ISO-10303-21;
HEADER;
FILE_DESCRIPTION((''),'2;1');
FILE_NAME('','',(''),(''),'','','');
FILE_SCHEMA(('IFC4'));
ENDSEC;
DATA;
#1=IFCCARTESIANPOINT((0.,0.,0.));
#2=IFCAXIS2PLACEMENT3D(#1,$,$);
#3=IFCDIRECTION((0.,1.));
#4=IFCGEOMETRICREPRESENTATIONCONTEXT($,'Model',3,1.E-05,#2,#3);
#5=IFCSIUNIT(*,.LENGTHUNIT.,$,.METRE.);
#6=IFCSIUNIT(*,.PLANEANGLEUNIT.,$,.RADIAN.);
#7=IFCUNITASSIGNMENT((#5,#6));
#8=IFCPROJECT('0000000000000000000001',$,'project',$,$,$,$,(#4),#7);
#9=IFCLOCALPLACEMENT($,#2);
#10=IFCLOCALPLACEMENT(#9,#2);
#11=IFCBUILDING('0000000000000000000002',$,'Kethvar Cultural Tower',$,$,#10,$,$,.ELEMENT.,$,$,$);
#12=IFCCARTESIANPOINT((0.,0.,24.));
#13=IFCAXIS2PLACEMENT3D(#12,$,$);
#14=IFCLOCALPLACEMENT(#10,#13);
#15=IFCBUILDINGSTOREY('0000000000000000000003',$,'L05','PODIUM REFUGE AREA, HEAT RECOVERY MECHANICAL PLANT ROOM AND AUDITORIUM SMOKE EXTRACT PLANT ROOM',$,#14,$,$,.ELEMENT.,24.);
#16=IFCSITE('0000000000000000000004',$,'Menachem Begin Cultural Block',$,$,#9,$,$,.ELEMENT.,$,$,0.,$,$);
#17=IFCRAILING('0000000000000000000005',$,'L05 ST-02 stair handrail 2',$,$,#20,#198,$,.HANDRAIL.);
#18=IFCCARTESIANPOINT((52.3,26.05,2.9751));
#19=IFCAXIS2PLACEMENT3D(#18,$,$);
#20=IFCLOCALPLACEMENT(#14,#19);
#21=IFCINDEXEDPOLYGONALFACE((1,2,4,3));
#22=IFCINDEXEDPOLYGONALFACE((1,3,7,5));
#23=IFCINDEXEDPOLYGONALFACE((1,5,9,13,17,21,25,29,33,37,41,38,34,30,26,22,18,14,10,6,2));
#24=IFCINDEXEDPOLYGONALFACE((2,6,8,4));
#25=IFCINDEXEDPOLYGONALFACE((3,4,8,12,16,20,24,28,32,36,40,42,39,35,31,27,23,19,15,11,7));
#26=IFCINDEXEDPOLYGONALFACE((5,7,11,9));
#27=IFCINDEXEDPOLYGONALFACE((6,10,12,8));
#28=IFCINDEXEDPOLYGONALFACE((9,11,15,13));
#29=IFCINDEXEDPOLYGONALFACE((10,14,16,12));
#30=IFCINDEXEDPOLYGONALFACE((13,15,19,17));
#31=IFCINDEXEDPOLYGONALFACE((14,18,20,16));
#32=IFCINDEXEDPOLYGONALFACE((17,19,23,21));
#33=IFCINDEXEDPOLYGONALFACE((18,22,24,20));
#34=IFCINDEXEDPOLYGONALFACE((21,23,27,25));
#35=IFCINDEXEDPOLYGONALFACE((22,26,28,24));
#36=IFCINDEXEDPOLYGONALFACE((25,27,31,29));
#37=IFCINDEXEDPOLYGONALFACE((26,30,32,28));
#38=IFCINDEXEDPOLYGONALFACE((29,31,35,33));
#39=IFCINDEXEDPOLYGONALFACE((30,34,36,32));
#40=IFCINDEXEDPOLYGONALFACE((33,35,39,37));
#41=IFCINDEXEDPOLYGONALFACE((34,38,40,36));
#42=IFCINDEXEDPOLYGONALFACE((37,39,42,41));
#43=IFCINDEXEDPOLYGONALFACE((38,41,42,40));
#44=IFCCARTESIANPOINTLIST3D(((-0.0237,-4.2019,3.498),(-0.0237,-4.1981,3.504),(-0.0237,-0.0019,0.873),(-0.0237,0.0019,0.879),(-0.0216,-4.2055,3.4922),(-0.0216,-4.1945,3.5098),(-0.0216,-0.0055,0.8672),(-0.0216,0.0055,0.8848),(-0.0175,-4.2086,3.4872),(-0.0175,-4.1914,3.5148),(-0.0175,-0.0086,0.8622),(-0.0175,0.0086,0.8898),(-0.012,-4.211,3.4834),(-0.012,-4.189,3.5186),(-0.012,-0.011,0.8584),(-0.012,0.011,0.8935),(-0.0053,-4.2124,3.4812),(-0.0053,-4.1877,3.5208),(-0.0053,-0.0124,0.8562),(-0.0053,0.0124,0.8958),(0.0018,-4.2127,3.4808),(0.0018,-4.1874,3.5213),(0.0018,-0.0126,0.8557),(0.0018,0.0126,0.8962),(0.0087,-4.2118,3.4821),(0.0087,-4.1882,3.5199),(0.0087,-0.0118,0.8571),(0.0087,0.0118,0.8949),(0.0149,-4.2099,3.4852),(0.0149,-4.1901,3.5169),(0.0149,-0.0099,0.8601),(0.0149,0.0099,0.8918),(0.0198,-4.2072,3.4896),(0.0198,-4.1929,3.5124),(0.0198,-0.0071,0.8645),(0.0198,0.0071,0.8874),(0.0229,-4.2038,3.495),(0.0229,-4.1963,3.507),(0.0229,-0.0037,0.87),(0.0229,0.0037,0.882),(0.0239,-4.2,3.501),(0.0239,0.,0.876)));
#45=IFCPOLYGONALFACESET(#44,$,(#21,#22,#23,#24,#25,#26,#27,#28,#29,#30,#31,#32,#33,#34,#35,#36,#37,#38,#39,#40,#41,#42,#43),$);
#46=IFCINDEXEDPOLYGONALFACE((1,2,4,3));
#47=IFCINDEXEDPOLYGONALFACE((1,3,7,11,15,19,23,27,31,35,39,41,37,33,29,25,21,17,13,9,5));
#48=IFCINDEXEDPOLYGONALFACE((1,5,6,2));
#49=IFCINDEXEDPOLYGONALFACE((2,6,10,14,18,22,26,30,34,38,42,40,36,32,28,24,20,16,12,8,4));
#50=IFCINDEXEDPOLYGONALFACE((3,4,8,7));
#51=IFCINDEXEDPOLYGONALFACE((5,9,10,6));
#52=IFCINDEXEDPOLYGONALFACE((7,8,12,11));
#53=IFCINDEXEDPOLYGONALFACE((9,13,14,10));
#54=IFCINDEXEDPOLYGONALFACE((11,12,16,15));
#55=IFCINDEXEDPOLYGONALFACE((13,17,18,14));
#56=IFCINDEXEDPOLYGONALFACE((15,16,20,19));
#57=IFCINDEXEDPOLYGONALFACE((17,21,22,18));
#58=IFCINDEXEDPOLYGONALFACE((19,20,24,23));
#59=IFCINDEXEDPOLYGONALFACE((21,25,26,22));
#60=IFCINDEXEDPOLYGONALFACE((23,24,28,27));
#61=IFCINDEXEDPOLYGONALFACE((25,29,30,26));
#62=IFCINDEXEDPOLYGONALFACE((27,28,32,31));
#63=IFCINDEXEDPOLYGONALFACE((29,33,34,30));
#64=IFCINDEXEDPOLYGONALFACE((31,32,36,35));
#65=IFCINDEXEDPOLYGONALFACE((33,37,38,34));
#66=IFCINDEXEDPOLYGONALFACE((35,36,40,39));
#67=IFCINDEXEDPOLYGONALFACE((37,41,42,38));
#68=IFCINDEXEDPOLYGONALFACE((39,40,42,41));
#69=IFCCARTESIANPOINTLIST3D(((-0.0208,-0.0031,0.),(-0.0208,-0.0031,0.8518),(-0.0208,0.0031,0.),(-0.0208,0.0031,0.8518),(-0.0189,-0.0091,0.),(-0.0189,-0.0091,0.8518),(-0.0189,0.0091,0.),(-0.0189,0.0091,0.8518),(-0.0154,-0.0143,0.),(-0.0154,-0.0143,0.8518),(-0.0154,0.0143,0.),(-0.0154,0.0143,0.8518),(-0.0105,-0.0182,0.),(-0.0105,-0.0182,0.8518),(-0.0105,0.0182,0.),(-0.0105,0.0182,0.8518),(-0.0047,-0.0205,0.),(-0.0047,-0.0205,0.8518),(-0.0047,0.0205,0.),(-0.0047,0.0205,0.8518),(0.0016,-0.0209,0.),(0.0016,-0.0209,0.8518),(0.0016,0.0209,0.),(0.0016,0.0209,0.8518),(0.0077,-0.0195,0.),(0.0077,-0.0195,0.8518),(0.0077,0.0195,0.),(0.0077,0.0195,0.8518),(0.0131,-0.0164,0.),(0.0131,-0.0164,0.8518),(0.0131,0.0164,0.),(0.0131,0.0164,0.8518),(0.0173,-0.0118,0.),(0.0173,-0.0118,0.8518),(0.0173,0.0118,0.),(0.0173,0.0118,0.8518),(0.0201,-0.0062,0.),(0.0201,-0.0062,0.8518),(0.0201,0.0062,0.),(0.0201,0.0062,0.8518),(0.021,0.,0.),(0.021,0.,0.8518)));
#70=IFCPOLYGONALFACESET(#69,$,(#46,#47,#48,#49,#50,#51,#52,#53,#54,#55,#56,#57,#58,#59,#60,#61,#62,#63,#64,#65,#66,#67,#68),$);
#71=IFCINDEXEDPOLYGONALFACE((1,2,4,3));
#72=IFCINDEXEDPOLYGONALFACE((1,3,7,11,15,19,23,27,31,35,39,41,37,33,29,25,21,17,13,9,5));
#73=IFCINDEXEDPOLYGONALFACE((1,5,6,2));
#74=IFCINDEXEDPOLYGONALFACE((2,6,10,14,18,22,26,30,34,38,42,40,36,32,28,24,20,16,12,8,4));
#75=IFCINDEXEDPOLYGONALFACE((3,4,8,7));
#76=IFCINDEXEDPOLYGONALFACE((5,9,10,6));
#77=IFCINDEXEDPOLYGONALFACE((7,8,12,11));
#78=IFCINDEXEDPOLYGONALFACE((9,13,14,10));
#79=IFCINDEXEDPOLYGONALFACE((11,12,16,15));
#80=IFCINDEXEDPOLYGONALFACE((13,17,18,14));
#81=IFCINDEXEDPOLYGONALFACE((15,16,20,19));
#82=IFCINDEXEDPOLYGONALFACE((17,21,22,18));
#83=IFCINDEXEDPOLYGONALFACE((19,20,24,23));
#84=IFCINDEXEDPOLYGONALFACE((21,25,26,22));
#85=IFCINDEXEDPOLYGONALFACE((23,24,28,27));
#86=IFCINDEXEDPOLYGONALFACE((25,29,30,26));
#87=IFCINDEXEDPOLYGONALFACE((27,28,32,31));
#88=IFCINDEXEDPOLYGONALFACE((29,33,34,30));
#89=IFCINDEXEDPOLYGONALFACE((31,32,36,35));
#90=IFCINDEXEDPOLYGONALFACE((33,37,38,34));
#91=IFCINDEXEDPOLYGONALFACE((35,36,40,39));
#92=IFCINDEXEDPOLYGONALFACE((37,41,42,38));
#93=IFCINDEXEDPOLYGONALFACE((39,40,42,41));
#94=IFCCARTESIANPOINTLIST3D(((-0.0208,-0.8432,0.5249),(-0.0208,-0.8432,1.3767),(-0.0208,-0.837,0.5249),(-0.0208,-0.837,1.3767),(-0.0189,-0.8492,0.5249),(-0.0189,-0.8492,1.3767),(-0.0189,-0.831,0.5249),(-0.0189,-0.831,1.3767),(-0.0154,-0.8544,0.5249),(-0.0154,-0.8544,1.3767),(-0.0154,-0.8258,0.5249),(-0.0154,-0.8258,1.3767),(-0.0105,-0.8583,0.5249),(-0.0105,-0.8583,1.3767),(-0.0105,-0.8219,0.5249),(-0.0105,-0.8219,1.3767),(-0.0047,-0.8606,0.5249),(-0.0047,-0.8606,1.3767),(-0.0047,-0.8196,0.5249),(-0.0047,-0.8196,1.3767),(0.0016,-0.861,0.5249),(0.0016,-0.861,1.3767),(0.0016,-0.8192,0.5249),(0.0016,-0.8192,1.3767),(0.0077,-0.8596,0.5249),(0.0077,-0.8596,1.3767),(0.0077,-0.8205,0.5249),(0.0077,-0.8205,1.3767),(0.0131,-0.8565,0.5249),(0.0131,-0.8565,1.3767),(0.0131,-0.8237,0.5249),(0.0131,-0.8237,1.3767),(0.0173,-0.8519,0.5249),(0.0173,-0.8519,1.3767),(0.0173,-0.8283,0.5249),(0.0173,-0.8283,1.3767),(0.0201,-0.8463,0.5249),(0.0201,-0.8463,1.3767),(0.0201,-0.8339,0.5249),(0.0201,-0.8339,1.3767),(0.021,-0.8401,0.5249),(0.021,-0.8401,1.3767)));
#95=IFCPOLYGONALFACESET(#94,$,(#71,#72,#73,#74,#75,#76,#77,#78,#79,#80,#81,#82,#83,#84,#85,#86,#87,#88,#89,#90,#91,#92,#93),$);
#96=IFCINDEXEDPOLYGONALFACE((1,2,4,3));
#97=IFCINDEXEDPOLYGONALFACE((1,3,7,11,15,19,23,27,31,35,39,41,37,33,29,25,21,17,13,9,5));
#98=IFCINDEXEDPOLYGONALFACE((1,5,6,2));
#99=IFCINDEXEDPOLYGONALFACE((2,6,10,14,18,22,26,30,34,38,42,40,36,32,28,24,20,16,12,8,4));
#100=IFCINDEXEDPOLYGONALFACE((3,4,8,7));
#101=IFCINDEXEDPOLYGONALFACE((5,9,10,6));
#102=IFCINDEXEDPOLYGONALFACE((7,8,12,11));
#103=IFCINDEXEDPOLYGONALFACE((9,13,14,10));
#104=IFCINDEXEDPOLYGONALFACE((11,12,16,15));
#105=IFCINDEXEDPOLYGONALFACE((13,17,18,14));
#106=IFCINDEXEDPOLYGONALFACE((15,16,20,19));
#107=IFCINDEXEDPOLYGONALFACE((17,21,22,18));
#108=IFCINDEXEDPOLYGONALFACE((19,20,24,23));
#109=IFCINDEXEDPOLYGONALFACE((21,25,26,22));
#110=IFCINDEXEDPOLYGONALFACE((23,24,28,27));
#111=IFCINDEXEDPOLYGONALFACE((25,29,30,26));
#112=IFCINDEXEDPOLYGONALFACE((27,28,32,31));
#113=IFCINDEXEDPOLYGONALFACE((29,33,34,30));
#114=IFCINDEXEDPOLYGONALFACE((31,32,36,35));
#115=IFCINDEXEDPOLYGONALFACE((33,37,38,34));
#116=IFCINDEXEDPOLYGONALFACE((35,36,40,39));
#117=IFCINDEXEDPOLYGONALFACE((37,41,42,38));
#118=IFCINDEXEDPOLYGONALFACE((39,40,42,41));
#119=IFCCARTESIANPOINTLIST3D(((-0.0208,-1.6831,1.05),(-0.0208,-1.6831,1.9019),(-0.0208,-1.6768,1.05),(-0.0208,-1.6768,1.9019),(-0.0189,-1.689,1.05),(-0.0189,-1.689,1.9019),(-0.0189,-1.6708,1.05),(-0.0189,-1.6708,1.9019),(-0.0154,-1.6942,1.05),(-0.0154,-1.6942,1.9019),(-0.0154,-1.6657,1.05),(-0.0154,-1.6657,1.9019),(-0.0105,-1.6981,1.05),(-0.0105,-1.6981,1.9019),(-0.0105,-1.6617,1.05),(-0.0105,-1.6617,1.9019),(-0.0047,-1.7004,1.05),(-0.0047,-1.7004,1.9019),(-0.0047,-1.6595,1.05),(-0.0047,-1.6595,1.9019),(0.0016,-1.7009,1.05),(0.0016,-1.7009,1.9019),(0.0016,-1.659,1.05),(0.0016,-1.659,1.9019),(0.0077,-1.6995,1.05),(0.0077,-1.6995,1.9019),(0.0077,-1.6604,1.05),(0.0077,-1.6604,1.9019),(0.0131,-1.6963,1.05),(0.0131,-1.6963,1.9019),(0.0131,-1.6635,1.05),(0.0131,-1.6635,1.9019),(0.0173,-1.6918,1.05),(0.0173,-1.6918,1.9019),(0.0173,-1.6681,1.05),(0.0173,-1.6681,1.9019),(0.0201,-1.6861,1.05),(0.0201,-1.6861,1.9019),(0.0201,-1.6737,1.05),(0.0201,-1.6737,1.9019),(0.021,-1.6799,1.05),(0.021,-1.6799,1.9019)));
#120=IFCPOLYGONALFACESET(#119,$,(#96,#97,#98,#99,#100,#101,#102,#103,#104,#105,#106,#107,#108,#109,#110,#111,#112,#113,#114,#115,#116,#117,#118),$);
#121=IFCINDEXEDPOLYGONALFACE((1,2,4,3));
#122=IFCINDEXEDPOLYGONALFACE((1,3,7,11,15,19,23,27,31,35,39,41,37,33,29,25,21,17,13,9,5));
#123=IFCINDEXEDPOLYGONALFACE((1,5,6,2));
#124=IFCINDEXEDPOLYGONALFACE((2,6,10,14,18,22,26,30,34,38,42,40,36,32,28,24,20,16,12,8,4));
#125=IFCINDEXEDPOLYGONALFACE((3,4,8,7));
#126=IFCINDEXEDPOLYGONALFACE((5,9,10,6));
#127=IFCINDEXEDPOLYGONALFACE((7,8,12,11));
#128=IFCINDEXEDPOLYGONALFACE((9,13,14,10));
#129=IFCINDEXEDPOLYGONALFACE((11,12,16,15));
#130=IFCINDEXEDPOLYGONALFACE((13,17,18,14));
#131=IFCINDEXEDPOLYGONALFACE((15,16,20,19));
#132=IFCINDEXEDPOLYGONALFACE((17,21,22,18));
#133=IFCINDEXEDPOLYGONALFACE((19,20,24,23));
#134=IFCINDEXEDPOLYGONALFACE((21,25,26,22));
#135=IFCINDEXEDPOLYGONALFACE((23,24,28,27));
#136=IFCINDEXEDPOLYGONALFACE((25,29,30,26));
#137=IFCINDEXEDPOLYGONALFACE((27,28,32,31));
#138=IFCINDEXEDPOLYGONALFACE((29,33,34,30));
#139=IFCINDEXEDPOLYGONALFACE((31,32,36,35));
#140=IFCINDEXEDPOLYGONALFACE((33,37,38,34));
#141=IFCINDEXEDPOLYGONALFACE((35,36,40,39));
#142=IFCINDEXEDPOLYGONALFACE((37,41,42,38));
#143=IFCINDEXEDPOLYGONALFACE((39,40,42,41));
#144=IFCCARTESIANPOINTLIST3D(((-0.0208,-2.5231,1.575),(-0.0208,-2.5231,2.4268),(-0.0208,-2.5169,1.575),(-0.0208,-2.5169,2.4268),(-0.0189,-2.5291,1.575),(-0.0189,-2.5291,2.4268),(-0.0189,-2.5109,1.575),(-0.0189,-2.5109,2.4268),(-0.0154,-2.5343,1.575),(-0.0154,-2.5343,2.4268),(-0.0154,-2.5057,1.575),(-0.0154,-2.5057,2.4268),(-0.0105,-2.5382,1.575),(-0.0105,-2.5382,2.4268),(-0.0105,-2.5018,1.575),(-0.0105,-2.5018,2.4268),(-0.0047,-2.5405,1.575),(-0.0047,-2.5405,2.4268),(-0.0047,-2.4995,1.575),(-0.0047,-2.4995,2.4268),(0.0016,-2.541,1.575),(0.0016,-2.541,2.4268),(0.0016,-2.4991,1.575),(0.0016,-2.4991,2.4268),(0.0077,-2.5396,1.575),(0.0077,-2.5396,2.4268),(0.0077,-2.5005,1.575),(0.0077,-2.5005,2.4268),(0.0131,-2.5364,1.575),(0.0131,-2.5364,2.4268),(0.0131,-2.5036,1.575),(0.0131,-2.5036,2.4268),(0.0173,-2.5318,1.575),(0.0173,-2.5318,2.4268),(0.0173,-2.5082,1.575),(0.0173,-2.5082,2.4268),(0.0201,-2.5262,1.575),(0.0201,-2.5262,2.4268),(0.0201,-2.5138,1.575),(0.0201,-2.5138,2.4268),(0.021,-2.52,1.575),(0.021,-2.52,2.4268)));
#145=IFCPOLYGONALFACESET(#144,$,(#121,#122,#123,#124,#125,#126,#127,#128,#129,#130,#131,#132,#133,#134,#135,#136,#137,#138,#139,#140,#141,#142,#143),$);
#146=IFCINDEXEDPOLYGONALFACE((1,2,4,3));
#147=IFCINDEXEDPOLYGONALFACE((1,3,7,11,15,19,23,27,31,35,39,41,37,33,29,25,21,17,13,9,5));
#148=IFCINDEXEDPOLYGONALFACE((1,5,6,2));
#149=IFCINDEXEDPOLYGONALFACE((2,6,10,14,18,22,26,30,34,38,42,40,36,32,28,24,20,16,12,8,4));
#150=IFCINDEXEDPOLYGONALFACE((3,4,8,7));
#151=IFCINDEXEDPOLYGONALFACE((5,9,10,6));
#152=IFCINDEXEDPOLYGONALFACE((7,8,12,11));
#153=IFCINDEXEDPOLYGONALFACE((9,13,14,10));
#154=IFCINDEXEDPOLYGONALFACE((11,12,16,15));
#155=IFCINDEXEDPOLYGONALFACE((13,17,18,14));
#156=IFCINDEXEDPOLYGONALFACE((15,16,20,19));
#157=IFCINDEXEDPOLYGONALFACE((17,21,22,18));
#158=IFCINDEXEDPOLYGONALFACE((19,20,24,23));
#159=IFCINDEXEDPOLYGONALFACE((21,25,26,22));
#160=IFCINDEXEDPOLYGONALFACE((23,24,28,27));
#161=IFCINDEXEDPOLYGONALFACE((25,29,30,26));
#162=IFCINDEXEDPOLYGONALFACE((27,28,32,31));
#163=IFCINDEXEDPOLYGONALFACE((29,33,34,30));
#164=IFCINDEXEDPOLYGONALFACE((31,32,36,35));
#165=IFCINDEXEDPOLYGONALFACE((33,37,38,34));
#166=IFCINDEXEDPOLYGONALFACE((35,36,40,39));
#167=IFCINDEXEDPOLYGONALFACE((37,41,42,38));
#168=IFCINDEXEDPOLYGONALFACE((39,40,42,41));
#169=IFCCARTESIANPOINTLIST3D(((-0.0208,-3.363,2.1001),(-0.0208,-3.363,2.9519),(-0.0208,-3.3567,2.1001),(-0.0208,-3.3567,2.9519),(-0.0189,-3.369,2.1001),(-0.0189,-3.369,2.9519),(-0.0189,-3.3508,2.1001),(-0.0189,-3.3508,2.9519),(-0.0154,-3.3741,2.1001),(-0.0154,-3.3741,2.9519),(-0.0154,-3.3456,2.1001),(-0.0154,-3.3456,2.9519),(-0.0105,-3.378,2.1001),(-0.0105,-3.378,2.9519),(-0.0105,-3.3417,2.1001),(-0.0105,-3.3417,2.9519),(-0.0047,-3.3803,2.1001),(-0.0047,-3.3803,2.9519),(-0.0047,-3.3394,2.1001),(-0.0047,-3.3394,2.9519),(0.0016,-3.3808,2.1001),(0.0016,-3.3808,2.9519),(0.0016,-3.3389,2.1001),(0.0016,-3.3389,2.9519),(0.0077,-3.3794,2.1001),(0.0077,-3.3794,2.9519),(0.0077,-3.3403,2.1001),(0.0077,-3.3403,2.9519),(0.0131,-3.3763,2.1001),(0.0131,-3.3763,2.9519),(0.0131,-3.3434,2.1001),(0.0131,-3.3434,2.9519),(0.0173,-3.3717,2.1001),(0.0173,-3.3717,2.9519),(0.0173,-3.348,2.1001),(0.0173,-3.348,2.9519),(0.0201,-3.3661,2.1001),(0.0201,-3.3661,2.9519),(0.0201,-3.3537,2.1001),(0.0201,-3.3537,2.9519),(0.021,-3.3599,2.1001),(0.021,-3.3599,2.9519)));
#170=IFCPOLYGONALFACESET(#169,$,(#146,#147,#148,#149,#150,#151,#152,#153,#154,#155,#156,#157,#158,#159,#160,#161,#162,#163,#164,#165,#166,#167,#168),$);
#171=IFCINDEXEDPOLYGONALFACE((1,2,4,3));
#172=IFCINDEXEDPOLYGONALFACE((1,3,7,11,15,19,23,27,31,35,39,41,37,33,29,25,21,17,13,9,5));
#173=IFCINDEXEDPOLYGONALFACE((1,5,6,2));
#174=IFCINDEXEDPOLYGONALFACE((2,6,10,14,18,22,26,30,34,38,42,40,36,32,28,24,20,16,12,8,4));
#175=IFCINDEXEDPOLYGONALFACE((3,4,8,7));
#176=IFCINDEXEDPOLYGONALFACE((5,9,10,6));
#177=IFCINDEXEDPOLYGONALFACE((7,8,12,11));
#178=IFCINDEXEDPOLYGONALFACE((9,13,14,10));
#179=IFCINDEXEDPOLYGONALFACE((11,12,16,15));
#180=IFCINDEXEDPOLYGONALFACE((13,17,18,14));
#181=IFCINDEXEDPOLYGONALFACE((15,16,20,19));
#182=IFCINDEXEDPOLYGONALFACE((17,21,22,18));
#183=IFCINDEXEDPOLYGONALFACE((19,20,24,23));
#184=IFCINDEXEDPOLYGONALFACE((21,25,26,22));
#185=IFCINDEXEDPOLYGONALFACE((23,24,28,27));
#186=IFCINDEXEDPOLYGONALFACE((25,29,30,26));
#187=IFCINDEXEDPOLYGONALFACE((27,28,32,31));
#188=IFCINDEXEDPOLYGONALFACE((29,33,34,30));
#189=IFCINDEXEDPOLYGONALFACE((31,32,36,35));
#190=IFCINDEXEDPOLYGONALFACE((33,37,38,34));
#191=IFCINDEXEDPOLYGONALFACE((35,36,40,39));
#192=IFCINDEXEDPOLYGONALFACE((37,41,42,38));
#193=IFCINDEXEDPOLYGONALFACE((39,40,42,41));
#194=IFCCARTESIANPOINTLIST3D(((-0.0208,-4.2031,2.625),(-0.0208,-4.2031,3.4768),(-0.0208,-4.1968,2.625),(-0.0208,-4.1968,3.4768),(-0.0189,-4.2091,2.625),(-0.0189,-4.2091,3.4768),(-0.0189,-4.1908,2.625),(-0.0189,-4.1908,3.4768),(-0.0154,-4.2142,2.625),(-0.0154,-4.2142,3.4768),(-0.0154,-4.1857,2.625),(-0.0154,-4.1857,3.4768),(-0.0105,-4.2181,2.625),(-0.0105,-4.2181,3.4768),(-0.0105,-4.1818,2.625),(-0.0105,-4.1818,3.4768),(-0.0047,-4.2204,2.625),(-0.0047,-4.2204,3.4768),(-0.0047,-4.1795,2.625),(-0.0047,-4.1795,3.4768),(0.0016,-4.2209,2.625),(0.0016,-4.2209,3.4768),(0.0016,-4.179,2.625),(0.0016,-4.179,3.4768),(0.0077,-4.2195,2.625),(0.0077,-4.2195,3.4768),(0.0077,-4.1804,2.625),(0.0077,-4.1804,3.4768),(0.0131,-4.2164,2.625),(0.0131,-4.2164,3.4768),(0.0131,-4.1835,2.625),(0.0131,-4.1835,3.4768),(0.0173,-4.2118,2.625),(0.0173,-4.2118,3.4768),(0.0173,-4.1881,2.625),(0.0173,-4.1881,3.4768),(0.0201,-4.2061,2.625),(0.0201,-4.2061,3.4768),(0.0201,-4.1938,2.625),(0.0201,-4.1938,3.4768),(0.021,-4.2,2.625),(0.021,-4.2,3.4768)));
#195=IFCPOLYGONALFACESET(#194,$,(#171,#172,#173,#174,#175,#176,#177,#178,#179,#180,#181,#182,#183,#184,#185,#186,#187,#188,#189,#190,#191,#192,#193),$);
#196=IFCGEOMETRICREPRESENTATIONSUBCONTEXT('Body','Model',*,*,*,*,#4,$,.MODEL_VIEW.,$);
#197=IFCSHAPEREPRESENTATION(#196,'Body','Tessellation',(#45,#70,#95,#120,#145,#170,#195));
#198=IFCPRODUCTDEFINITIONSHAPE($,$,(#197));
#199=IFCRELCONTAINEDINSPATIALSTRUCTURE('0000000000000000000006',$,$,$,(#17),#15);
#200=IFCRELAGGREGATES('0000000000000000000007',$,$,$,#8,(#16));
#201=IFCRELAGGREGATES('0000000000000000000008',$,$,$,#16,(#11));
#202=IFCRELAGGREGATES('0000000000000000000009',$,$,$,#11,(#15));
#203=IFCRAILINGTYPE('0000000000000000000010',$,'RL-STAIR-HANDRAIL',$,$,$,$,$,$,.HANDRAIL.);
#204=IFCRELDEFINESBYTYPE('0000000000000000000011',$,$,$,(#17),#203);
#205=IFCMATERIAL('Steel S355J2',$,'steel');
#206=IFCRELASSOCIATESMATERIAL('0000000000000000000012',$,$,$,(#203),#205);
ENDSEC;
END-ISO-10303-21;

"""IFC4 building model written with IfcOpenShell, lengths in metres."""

from ifc_helpers import new_model, si_unit, direction, frame, origin, origin_2d, place, context, subcontext, project, spatial, circle, extrude, material, type_object, element, save


model = new_model("IFC4")

# Units and contexts
model_context = context("Model", 3, precision=1e-05, world=origin(), true_north=direction((0.0, 1.0)))
body_context = subcontext(model_context, "Body", "Model", "MODEL_VIEW")
ifc_project = project(units=[si_unit("LENGTHUNIT", "METRE"), si_unit("PLANEANGLEUNIT", "RADIAN")], contexts=[model_context])

# Site, building, storey
site_placement = place(None, origin())
site = spatial("IfcSite", under=ifc_project, at=site_placement, Name="Menachem Begin Cultural Block", CompositionType="ELEMENT", RefElevation=0.0)
building_placement = place(site_placement, origin())
building = spatial("IfcBuilding", under=site, at=building_placement, Name="Kethvar Cultural Tower", CompositionType="ELEMENT")
storey_placement = place(building_placement, frame((0.0, 0.0, 24.0)))
storey = spatial("IfcBuildingStorey", under=building, at=storey_placement, Name="L05", Description="PODIUM REFUGE AREA, HEAT RECOVERY MECHANICAL PLANT ROOM AND AUDITORIUM SMOKE EXTRACT PLANT ROOM", CompositionType="ELEMENT", Elevation=24.0)

# Shared definitions
ifc_material_1 = material(Name="Steel S355J2", Category="steel")

# Railing
railing_type_1 = type_object("IfcRailingType", Name="RL-STAIR-HANDRAIL", PredefinedType="HANDRAIL", material=ifc_material_1)
railing_1_placement = place(storey_placement, frame((52.3, 26.05, 2.9751)))
element("IfcRailing", 1, at=railing_1_placement, inside=storey, type_object=railing_type_1, Name="L05 ST-02 stair handrail 2", PredefinedType="HANDRAIL", context=body_context, shape_type="SweptSolid", body=[
    extrude(circle(Radius=0.0239, at=origin_2d()), frame((0.0, 0.0, 0.876), z_axis=(0.0, -0.847996, 0.530003), x_axis=(1.0, 0.0, 0.0)), (0.0, 0.0, 1.0), 4.9529),
    extrude(circle(Radius=0.021, at=origin_2d()), origin(), (0.0, 0.0, 1.0), 0.8518),
    extrude(circle(Radius=0.021, at=origin_2d()), frame((0.0, -0.8401, 0.5249)), (0.0, 0.0, 1.0), 0.8518),
    extrude(circle(Radius=0.021, at=origin_2d()), frame((0.0, -1.6799, 1.05)), (0.0, 0.0, 1.0), 0.8518),
    extrude(circle(Radius=0.021, at=origin_2d()), frame((0.0, -2.52, 1.575)), (0.0, 0.0, 1.0), 0.8518),
    extrude(circle(Radius=0.021, at=origin_2d()), frame((0.0, -3.3599, 2.1001)), (0.0, 0.0, 1.0), 0.8518),
    extrude(circle(Radius=0.021, at=origin_2d()), frame((0.0, -4.2, 2.625)), (0.0, 0.0, 1.0), 0.8518),
])

save(model, "model.ifc")
